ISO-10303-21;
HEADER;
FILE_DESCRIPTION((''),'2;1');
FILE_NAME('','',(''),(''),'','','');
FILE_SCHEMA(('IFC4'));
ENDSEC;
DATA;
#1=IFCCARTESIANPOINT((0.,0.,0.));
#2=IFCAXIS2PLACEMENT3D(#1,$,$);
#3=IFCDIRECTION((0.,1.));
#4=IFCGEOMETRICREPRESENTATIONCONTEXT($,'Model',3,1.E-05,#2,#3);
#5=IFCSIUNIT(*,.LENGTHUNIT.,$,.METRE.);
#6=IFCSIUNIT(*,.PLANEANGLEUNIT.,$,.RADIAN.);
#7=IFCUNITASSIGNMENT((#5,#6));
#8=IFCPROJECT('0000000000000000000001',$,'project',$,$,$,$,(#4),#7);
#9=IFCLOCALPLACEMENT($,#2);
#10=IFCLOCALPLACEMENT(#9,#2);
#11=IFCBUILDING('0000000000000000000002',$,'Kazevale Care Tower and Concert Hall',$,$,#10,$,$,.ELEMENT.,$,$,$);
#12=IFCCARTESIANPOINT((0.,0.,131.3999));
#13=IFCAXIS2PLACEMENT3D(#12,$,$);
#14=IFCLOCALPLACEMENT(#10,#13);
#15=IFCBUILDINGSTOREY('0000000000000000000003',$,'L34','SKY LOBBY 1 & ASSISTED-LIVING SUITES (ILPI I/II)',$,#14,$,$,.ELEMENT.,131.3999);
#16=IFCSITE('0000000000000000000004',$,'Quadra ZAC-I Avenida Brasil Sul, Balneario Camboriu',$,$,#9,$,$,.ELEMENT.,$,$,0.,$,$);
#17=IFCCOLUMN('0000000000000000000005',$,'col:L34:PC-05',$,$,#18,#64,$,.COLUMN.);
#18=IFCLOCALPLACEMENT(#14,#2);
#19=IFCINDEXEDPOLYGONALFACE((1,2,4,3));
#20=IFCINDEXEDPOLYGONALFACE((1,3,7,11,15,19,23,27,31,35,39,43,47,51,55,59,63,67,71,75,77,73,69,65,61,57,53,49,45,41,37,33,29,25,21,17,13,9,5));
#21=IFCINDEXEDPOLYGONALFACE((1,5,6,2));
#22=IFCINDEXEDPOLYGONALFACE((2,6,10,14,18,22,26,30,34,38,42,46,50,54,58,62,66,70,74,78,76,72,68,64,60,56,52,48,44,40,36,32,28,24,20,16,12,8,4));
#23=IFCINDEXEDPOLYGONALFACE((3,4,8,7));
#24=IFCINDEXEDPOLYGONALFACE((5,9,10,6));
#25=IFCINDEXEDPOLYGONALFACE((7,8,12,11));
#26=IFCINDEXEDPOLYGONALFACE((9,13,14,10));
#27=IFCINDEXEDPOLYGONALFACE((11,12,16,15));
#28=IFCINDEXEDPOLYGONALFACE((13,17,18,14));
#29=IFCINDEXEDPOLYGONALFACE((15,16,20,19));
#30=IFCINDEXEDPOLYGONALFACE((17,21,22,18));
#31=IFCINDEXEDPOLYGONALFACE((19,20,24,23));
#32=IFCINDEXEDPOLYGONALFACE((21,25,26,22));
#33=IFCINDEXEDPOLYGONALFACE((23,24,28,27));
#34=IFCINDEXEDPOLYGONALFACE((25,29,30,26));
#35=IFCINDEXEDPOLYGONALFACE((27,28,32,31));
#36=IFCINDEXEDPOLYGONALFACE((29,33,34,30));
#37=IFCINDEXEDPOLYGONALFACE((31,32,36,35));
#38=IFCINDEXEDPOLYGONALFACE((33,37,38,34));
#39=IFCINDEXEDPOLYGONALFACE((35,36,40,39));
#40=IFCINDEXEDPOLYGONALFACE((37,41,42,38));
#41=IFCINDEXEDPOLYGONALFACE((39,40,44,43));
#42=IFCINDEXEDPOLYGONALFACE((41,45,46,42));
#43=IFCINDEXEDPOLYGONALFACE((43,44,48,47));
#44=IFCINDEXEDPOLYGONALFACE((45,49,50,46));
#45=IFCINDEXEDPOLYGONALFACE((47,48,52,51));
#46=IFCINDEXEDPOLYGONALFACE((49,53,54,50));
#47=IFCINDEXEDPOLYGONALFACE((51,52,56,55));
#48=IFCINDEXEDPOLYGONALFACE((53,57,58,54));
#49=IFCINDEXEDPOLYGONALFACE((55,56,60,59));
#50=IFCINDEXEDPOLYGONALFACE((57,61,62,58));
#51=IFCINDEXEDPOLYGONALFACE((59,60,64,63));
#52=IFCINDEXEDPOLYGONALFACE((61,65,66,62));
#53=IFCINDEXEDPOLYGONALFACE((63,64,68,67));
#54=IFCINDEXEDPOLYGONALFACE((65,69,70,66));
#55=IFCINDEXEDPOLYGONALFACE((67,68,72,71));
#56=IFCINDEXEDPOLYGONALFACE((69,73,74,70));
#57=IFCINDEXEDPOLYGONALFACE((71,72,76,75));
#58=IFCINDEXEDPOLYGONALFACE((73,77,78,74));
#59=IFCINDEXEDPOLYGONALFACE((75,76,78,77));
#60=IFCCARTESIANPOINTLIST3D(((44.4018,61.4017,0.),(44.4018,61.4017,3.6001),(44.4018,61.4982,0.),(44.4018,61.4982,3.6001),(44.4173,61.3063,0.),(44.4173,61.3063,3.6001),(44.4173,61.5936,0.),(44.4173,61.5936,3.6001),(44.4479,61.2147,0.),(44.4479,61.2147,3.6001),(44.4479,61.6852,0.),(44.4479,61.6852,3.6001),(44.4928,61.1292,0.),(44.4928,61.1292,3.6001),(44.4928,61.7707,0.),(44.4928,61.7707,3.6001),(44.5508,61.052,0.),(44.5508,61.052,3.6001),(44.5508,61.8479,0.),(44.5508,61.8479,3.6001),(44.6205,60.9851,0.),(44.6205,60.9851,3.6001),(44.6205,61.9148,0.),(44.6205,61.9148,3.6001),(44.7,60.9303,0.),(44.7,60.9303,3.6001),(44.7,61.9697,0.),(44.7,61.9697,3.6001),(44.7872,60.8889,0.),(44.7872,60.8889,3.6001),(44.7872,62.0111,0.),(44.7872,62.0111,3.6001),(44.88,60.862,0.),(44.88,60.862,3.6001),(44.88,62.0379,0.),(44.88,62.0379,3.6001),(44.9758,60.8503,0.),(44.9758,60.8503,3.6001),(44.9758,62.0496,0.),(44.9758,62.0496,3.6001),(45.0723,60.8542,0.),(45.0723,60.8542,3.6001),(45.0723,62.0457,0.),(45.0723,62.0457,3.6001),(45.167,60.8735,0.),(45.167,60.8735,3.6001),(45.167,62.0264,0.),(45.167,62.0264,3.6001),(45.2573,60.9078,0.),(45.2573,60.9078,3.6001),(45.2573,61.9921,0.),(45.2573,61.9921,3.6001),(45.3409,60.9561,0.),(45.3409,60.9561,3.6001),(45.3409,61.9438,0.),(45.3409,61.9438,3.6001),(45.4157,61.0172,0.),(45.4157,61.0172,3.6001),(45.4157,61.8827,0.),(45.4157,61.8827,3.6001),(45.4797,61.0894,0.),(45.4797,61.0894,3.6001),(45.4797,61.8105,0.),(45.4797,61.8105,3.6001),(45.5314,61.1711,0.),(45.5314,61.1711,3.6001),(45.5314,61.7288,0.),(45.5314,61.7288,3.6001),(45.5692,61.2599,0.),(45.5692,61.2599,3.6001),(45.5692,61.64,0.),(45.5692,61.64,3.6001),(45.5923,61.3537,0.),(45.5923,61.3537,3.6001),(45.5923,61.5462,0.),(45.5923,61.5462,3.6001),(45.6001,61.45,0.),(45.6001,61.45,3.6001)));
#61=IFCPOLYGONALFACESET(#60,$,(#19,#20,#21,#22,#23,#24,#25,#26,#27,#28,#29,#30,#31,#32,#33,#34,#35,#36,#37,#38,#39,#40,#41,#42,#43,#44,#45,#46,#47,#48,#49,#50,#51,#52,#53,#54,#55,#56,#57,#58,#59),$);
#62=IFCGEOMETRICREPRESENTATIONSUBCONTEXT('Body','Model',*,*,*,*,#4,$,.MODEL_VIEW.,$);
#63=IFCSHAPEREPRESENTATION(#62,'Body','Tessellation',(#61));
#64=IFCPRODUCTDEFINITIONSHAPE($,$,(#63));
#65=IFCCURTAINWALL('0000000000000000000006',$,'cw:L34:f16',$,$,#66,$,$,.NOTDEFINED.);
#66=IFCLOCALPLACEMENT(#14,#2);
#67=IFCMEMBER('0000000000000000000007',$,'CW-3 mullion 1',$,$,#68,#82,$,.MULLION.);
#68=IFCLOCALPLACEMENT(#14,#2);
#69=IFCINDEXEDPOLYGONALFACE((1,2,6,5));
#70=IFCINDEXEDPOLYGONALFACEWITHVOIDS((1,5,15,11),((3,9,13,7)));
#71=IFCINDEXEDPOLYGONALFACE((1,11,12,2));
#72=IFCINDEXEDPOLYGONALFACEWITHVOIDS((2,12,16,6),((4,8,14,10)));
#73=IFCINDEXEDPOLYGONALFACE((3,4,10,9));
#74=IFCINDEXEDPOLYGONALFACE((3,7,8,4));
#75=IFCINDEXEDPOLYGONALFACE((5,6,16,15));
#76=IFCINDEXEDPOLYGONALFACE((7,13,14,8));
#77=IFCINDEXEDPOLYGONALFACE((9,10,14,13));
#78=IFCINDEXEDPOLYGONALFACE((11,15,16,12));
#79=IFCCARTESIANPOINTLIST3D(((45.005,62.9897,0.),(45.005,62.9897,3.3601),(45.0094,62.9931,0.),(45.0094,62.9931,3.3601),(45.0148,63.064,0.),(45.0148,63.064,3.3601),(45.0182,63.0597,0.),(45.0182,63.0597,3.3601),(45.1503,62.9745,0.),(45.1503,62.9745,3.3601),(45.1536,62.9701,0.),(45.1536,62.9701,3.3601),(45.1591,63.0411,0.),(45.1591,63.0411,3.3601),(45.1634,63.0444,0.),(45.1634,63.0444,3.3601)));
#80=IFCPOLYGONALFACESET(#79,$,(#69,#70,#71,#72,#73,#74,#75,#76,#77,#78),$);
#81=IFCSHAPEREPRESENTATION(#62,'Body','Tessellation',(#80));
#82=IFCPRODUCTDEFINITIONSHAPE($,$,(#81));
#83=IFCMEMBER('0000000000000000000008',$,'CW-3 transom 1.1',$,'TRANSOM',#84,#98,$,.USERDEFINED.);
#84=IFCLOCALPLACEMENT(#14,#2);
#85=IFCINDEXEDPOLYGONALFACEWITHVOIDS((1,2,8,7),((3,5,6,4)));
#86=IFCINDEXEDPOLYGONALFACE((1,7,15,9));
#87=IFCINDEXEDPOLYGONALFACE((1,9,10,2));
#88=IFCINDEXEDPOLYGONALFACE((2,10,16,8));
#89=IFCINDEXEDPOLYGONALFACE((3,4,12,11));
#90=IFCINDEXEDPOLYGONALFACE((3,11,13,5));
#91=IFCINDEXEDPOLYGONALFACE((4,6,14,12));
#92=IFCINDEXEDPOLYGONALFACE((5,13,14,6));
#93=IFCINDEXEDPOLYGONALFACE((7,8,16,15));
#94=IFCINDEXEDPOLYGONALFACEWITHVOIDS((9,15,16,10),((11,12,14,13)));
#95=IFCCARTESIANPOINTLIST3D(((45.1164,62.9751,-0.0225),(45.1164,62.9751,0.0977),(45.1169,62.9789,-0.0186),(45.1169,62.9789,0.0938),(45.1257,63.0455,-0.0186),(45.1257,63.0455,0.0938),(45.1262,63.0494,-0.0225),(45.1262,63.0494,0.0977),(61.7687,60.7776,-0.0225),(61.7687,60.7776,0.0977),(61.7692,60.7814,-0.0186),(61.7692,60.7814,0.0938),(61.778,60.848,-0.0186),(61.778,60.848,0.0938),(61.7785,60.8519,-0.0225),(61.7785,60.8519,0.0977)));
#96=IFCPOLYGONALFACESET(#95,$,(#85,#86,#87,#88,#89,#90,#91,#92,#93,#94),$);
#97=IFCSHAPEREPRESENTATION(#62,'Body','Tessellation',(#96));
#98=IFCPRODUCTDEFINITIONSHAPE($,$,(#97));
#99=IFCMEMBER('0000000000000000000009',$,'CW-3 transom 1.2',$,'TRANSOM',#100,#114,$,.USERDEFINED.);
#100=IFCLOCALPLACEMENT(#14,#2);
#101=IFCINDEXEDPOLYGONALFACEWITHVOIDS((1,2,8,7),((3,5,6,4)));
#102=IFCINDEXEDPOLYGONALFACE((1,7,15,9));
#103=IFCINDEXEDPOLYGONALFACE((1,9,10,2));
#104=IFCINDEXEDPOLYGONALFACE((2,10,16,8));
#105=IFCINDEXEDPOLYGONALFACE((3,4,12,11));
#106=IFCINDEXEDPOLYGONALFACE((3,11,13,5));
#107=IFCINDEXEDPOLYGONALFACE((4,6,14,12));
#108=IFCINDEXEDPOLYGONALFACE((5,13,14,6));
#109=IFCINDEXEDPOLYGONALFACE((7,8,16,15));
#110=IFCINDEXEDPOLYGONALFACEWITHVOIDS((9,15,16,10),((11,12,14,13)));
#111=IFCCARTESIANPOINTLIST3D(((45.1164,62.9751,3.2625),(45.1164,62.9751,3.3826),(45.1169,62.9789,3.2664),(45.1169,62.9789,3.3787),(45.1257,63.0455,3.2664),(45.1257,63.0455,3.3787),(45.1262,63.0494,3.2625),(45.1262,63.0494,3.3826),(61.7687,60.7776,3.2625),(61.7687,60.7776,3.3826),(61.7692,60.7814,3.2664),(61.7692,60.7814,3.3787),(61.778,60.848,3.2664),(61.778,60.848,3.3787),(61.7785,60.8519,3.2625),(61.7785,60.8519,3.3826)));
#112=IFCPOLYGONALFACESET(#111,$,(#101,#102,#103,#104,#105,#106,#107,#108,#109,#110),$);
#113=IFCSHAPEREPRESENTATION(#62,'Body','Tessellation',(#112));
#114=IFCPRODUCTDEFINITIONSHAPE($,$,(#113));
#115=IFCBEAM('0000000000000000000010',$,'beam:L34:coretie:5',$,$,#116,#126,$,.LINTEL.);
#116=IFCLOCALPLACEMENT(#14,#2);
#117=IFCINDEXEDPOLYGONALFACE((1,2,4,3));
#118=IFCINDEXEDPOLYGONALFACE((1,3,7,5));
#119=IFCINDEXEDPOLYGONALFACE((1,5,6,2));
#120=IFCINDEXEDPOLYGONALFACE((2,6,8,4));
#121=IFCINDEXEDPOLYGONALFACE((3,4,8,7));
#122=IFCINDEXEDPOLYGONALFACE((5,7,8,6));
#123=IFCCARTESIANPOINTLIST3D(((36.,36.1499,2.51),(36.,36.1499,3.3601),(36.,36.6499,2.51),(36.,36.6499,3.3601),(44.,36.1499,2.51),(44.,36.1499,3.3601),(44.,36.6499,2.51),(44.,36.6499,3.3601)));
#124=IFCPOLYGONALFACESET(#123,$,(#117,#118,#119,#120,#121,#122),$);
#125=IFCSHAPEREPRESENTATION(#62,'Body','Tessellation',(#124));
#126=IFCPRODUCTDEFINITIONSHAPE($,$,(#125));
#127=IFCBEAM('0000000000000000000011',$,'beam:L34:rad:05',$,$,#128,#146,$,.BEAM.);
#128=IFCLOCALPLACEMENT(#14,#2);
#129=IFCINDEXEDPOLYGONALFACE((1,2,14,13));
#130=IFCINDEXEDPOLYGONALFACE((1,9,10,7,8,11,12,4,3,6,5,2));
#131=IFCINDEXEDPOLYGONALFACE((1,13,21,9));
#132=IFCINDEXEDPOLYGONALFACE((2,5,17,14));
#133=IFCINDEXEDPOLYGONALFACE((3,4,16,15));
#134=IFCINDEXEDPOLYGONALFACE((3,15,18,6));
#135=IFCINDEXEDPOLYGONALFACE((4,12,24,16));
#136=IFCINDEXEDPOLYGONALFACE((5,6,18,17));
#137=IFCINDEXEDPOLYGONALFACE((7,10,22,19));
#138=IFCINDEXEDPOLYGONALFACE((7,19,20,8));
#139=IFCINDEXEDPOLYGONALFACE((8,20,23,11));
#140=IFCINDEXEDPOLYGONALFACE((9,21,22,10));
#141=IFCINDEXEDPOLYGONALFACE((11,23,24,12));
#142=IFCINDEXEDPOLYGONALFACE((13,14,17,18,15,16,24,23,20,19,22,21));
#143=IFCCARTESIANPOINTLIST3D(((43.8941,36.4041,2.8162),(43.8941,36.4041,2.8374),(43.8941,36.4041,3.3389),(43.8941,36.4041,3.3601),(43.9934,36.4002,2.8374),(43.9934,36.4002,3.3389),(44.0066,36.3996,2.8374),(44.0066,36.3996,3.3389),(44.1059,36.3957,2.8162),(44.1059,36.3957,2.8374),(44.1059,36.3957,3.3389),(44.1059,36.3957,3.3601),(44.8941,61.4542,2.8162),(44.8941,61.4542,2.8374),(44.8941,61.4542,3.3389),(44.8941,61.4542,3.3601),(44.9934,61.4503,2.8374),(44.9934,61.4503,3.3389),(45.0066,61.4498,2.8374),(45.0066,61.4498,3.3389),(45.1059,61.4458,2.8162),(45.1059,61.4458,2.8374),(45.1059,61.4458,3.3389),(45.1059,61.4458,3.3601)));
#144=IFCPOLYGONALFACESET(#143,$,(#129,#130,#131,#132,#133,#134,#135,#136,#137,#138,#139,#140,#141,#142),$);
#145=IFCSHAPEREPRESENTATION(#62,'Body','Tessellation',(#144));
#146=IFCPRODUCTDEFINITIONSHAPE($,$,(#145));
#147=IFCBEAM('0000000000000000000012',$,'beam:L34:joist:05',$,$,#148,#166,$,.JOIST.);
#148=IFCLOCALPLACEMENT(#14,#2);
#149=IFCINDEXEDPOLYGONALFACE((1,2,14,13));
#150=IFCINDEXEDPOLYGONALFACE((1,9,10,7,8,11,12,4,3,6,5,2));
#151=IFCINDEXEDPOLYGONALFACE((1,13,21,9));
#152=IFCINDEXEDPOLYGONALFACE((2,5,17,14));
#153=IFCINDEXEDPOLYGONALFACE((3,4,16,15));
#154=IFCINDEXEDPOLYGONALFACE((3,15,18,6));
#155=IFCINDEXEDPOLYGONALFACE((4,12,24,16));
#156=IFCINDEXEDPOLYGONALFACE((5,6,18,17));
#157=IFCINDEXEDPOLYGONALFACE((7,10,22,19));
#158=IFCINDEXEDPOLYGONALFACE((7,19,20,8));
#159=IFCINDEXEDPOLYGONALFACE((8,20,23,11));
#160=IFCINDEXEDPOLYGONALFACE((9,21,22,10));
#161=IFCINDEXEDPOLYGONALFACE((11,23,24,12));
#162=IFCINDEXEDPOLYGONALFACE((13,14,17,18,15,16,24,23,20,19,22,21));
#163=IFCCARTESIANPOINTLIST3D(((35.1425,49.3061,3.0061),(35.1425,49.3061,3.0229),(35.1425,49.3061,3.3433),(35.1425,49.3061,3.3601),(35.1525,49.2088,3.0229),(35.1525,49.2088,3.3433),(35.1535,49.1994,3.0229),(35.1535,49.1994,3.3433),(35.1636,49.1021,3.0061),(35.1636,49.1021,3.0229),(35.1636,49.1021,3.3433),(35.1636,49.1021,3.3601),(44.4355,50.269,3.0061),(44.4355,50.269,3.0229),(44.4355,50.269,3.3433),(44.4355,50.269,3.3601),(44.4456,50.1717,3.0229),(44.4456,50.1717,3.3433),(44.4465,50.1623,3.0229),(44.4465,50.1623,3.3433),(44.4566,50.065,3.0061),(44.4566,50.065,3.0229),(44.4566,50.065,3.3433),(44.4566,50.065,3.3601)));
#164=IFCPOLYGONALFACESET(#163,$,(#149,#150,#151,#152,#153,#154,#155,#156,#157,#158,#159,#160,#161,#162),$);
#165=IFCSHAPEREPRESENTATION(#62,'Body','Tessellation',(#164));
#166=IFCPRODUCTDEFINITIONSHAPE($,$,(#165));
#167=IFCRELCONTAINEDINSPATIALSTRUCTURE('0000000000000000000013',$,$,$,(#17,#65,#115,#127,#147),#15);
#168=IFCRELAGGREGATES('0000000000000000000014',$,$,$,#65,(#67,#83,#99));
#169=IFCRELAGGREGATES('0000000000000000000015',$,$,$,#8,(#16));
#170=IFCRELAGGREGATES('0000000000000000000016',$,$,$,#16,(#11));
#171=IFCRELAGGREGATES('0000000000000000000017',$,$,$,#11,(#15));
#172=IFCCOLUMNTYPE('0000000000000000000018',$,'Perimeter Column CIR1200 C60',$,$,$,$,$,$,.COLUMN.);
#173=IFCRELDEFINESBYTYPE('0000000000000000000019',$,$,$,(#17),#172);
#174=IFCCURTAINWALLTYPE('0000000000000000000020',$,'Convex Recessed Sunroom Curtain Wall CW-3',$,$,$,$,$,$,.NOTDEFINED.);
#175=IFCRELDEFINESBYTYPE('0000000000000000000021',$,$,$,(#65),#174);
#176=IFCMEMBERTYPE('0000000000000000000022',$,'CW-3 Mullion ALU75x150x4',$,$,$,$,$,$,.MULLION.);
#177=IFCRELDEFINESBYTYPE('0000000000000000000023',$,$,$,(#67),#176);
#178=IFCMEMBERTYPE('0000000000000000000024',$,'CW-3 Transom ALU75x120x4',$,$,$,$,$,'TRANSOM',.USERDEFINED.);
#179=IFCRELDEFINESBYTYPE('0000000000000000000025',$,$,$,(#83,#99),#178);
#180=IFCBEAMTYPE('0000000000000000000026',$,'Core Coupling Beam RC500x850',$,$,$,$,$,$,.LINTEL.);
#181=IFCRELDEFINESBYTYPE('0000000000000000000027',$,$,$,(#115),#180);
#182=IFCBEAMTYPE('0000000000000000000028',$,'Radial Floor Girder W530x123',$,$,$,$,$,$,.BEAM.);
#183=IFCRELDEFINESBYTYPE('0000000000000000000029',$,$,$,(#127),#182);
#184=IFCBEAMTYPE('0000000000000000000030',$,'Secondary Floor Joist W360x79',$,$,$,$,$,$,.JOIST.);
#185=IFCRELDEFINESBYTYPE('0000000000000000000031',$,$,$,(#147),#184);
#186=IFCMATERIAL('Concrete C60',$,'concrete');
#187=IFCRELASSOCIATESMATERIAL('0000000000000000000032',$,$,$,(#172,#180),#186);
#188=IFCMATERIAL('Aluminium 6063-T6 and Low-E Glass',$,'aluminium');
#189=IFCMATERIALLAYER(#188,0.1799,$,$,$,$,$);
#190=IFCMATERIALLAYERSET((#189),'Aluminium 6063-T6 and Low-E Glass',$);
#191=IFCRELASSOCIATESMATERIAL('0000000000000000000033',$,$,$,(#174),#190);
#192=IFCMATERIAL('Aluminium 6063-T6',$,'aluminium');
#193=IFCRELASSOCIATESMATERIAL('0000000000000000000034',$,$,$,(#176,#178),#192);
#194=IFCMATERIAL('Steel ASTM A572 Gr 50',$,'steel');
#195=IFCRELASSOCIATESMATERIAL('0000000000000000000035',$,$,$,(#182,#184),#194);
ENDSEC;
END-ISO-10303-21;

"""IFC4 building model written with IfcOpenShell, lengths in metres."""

from ifc_helpers import new_model, si_unit, direction, frame, origin, origin_2d, place, context, subcontext, project, spatial, rectangle, hollow_rectangle, circle, i_section, extrude, material, layer, layer_set, material_profile, profile_set, type_object, element, aggregate, save


model = new_model("IFC4")

# Units and contexts
model_context = context("Model", 3, precision=1e-05, world=origin(), true_north=direction((0.0, 1.0)))
body_context = subcontext(model_context, "Body", "Model", "MODEL_VIEW")
ifc_project = project(units=[si_unit("LENGTHUNIT", "METRE"), si_unit("PLANEANGLEUNIT", "RADIAN")], contexts=[model_context])

# Site, building, storey
site_placement = place(None, origin())
site = spatial("IfcSite", under=ifc_project, at=site_placement, Name="Quadra ZAC-I Avenida Brasil Sul, Balneario Camboriu", CompositionType="ELEMENT", RefElevation=0.0)
building_placement = place(site_placement, origin())
building = spatial("IfcBuilding", under=site, at=building_placement, Name="Kazevale Care Tower and Concert Hall", CompositionType="ELEMENT")
storey_placement = place(building_placement, frame((0.0, 0.0, 131.3999)))
storey = spatial("IfcBuildingStorey", under=building, at=storey_placement, Name="L34", Description="SKY LOBBY 1 & ASSISTED-LIVING SUITES (ILPI I/II)", CompositionType="ELEMENT", Elevation=131.3999)

# Column
ifc_material_1 = material(Name="Concrete C60", Category="concrete")
ifc_material_profile_1 = material_profile(ifc_material_1, circle(Radius=0.6001, at=origin_2d()), Name="RC-CIR1200")
ifc_profile_set_1 = profile_set([ifc_material_profile_1], Name="Concrete C60")
column_type = type_object("IfcColumnType", Name="Perimeter Column CIR1200 C60", PredefinedType="COLUMN", material=ifc_profile_set_1)
column_placement = place(storey_placement, frame((45.0, 61.45, 0.0), z_axis=(0.0, 0.0, 1.0), x_axis=(1.0, 0.0, 0.0)))
element("IfcColumn", 1, at=column_placement, inside=storey, type_object=column_type, Name="col:L34:PC-05", PredefinedType="COLUMN", context=body_context, shape_type="SweptSolid", body=[
    extrude(circle(Radius=0.6001, at=origin_2d()), origin(), (0.0, 0.0, 1.0), 3.6001),
])

# Curtain wall, members
ifc_material_2 = material(Name="Aluminium 6063-T6 and Low-E Glass", Category="aluminium")
ifc_layer_1 = layer(ifc_material_2, 0.1799)
ifc_layer_set_1 = layer_set([ifc_layer_1], Name="Aluminium 6063-T6 and Low-E Glass")
curtain_wall_type = type_object("IfcCurtainWallType", Name="Convex Recessed Sunroom Curtain Wall CW-3", PredefinedType="NOTDEFINED", material=ifc_layer_set_1)
curtain_wall_placement = place(storey_placement, origin())
curtain_wall = element("IfcCurtainWall", 2, at=curtain_wall_placement, inside=storey, type_object=curtain_wall_type, Name="cw:L34:f16", PredefinedType="NOTDEFINED")
ifc_material_3 = material(Name="Aluminium 6063-T6", Category="aluminium")
ifc_material_profile_2 = material_profile(ifc_material_3, hollow_rectangle(XDim=0.075, YDim=0.1499, WallThickness=0.0039, at=origin_2d()), Name="ALU75x150x4")
ifc_profile_set_2 = profile_set([ifc_material_profile_2], Name="Aluminium 6063-T6")
member_type_1 = type_object("IfcMemberType", Name="CW-3 Mullion ALU75x150x4", PredefinedType="MULLION", material=ifc_profile_set_2)
member_1_placement = place(storey_placement, frame((45.0842, 63.0171, 0.0), z_axis=(0.0, 0.0, 1.0), x_axis=(0.130822, 0.991406, 0.0)))
member_1 = element("IfcMember", 3, at=member_1_placement, type_object=member_type_1, Name="CW-3 mullion 1", PredefinedType="MULLION", context=body_context, shape_type="SweptSolid", body=[
    extrude(hollow_rectangle(XDim=0.075, YDim=0.1499, WallThickness=0.0039, at=origin_2d()), origin(), (0.0, 0.0, 1.0), 3.3601),
])
ifc_material_profile_3 = material_profile(ifc_material_3, hollow_rectangle(XDim=0.075, YDim=0.1201, WallThickness=0.0039, at=origin_2d()), Name="ALU75x120x4")
ifc_profile_set_3 = profile_set([ifc_material_profile_3], Name="Aluminium 6063-T6")
member_type_2 = type_object("IfcMemberType", Name="CW-3 Transom ALU75x120x4", ElementType="TRANSOM", PredefinedType="USERDEFINED", material=ifc_profile_set_3)
member_2_placement = place(storey_placement, frame((45.1213, 63.0122, 0.0376), z_axis=(0.991405, -0.13083, 0.0), x_axis=(0.13083, 0.991405, 0.0)))
member_2 = element("IfcMember", 4, at=member_2_placement, type_object=member_type_2, Name="CW-3 transom 1.1", ObjectType="TRANSOM", PredefinedType="USERDEFINED", context=body_context, shape_type="SweptSolid", body=[
    extrude(hollow_rectangle(XDim=0.075, YDim=0.1201, WallThickness=0.0039, at=origin_2d()), origin(), (0.0, 0.0, 1.0), 16.7966),
])
member_3_placement = place(storey_placement, frame((45.1213, 63.0122, 3.3225), z_axis=(0.991405, -0.13083, 0.0), x_axis=(0.13083, 0.991405, 0.0)))
member_3 = element("IfcMember", 5, at=member_3_placement, type_object=member_type_2, Name="CW-3 transom 1.2", ObjectType="TRANSOM", PredefinedType="USERDEFINED", context=body_context, shape_type="SweptSolid", body=[
    extrude(hollow_rectangle(XDim=0.075, YDim=0.1201, WallThickness=0.0039, at=origin_2d()), origin(), (0.0, 0.0, 1.0), 16.7966),
])
aggregate(curtain_wall, [member_1, member_2, member_3])

# Beams
ifc_material_profile_4 = material_profile(ifc_material_1, rectangle(XDim=0.5, YDim=0.8501, at=origin_2d()), Name="RC-B500x850")
ifc_profile_set_4 = profile_set([ifc_material_profile_4], Name="Concrete C60")
beam_type_1 = type_object("IfcBeamType", Name="Core Coupling Beam RC500x850", PredefinedType="LINTEL", material=ifc_profile_set_4)
beam_1_placement = place(storey_placement, frame((44.0, 36.3999, 2.9351), z_axis=(-1.0, 0.0, 0.0), x_axis=(0.0, -1.0, 0.0)))
element("IfcBeam", 6, at=beam_1_placement, inside=storey, type_object=beam_type_1, Name="beam:L34:coretie:5", PredefinedType="LINTEL", context=body_context, shape_type="SweptSolid", body=[
    extrude(rectangle(XDim=0.5, YDim=0.8501, at=origin_2d()), origin(), (0.0, 0.0, 1.0), 8.0),
])
ifc_material_4 = material(Name="Steel ASTM A572 Gr 50", Category="steel")
ifc_material_profile_5 = material_profile(ifc_material_4, i_section(OverallWidth=0.2119, OverallDepth=0.5439, WebThickness=0.0132, FlangeThickness=0.0212, at=origin_2d()), Name="W530x123")
ifc_profile_set_5 = profile_set([ifc_material_profile_5], Name="Steel ASTM A572 Gr 50")
beam_type_2 = type_object("IfcBeamType", Name="Radial Floor Girder W530x123", PredefinedType="BEAM", material=ifc_profile_set_5)
beam_2_placement = place(storey_placement, frame((44.0, 36.3999, 3.0881), z_axis=(0.039888, 0.999204, 0.0), x_axis=(-0.999204, 0.039888, 0.0)))
element("IfcBeam", 7, at=beam_2_placement, inside=storey, type_object=beam_type_2, Name="beam:L34:rad:05", PredefinedType="BEAM", context=body_context, shape_type="SweptSolid", body=[
    extrude(i_section(OverallWidth=0.2119, OverallDepth=0.5439, WebThickness=0.0132, FlangeThickness=0.0212, at=origin_2d()), origin(), (0.0, 0.0, 1.0), 25.0701),
])
ifc_material_profile_6 = material_profile(ifc_material_4, i_section(OverallWidth=0.2051, OverallDepth=0.354, WebThickness=0.0095, FlangeThickness=0.0168, at=origin_2d()), Name="W360x79")
ifc_profile_set_6 = profile_set([ifc_material_profile_6], Name="Steel ASTM A572 Gr 50")
beam_type_3 = type_object("IfcBeamType", Name="Secondary Floor Joist W360x79", PredefinedType="JOIST", material=ifc_profile_set_6)
beam_3_placement = place(storey_placement, frame((44.446, 50.167, 3.1831), z_axis=(-0.994675, -0.103063, 0.0), x_axis=(0.103063, -0.994675, 0.0)))
element("IfcBeam", 8, at=beam_3_placement, inside=storey, type_object=beam_type_3, Name="beam:L34:joist:05", PredefinedType="JOIST", context=body_context, shape_type="SweptSolid", body=[
    extrude(i_section(OverallWidth=0.2051, OverallDepth=0.354, WebThickness=0.0095, FlangeThickness=0.0168, at=origin_2d()), origin(), (0.0, 0.0, 1.0), 9.3428),
])

save(model, "model.ifc")
